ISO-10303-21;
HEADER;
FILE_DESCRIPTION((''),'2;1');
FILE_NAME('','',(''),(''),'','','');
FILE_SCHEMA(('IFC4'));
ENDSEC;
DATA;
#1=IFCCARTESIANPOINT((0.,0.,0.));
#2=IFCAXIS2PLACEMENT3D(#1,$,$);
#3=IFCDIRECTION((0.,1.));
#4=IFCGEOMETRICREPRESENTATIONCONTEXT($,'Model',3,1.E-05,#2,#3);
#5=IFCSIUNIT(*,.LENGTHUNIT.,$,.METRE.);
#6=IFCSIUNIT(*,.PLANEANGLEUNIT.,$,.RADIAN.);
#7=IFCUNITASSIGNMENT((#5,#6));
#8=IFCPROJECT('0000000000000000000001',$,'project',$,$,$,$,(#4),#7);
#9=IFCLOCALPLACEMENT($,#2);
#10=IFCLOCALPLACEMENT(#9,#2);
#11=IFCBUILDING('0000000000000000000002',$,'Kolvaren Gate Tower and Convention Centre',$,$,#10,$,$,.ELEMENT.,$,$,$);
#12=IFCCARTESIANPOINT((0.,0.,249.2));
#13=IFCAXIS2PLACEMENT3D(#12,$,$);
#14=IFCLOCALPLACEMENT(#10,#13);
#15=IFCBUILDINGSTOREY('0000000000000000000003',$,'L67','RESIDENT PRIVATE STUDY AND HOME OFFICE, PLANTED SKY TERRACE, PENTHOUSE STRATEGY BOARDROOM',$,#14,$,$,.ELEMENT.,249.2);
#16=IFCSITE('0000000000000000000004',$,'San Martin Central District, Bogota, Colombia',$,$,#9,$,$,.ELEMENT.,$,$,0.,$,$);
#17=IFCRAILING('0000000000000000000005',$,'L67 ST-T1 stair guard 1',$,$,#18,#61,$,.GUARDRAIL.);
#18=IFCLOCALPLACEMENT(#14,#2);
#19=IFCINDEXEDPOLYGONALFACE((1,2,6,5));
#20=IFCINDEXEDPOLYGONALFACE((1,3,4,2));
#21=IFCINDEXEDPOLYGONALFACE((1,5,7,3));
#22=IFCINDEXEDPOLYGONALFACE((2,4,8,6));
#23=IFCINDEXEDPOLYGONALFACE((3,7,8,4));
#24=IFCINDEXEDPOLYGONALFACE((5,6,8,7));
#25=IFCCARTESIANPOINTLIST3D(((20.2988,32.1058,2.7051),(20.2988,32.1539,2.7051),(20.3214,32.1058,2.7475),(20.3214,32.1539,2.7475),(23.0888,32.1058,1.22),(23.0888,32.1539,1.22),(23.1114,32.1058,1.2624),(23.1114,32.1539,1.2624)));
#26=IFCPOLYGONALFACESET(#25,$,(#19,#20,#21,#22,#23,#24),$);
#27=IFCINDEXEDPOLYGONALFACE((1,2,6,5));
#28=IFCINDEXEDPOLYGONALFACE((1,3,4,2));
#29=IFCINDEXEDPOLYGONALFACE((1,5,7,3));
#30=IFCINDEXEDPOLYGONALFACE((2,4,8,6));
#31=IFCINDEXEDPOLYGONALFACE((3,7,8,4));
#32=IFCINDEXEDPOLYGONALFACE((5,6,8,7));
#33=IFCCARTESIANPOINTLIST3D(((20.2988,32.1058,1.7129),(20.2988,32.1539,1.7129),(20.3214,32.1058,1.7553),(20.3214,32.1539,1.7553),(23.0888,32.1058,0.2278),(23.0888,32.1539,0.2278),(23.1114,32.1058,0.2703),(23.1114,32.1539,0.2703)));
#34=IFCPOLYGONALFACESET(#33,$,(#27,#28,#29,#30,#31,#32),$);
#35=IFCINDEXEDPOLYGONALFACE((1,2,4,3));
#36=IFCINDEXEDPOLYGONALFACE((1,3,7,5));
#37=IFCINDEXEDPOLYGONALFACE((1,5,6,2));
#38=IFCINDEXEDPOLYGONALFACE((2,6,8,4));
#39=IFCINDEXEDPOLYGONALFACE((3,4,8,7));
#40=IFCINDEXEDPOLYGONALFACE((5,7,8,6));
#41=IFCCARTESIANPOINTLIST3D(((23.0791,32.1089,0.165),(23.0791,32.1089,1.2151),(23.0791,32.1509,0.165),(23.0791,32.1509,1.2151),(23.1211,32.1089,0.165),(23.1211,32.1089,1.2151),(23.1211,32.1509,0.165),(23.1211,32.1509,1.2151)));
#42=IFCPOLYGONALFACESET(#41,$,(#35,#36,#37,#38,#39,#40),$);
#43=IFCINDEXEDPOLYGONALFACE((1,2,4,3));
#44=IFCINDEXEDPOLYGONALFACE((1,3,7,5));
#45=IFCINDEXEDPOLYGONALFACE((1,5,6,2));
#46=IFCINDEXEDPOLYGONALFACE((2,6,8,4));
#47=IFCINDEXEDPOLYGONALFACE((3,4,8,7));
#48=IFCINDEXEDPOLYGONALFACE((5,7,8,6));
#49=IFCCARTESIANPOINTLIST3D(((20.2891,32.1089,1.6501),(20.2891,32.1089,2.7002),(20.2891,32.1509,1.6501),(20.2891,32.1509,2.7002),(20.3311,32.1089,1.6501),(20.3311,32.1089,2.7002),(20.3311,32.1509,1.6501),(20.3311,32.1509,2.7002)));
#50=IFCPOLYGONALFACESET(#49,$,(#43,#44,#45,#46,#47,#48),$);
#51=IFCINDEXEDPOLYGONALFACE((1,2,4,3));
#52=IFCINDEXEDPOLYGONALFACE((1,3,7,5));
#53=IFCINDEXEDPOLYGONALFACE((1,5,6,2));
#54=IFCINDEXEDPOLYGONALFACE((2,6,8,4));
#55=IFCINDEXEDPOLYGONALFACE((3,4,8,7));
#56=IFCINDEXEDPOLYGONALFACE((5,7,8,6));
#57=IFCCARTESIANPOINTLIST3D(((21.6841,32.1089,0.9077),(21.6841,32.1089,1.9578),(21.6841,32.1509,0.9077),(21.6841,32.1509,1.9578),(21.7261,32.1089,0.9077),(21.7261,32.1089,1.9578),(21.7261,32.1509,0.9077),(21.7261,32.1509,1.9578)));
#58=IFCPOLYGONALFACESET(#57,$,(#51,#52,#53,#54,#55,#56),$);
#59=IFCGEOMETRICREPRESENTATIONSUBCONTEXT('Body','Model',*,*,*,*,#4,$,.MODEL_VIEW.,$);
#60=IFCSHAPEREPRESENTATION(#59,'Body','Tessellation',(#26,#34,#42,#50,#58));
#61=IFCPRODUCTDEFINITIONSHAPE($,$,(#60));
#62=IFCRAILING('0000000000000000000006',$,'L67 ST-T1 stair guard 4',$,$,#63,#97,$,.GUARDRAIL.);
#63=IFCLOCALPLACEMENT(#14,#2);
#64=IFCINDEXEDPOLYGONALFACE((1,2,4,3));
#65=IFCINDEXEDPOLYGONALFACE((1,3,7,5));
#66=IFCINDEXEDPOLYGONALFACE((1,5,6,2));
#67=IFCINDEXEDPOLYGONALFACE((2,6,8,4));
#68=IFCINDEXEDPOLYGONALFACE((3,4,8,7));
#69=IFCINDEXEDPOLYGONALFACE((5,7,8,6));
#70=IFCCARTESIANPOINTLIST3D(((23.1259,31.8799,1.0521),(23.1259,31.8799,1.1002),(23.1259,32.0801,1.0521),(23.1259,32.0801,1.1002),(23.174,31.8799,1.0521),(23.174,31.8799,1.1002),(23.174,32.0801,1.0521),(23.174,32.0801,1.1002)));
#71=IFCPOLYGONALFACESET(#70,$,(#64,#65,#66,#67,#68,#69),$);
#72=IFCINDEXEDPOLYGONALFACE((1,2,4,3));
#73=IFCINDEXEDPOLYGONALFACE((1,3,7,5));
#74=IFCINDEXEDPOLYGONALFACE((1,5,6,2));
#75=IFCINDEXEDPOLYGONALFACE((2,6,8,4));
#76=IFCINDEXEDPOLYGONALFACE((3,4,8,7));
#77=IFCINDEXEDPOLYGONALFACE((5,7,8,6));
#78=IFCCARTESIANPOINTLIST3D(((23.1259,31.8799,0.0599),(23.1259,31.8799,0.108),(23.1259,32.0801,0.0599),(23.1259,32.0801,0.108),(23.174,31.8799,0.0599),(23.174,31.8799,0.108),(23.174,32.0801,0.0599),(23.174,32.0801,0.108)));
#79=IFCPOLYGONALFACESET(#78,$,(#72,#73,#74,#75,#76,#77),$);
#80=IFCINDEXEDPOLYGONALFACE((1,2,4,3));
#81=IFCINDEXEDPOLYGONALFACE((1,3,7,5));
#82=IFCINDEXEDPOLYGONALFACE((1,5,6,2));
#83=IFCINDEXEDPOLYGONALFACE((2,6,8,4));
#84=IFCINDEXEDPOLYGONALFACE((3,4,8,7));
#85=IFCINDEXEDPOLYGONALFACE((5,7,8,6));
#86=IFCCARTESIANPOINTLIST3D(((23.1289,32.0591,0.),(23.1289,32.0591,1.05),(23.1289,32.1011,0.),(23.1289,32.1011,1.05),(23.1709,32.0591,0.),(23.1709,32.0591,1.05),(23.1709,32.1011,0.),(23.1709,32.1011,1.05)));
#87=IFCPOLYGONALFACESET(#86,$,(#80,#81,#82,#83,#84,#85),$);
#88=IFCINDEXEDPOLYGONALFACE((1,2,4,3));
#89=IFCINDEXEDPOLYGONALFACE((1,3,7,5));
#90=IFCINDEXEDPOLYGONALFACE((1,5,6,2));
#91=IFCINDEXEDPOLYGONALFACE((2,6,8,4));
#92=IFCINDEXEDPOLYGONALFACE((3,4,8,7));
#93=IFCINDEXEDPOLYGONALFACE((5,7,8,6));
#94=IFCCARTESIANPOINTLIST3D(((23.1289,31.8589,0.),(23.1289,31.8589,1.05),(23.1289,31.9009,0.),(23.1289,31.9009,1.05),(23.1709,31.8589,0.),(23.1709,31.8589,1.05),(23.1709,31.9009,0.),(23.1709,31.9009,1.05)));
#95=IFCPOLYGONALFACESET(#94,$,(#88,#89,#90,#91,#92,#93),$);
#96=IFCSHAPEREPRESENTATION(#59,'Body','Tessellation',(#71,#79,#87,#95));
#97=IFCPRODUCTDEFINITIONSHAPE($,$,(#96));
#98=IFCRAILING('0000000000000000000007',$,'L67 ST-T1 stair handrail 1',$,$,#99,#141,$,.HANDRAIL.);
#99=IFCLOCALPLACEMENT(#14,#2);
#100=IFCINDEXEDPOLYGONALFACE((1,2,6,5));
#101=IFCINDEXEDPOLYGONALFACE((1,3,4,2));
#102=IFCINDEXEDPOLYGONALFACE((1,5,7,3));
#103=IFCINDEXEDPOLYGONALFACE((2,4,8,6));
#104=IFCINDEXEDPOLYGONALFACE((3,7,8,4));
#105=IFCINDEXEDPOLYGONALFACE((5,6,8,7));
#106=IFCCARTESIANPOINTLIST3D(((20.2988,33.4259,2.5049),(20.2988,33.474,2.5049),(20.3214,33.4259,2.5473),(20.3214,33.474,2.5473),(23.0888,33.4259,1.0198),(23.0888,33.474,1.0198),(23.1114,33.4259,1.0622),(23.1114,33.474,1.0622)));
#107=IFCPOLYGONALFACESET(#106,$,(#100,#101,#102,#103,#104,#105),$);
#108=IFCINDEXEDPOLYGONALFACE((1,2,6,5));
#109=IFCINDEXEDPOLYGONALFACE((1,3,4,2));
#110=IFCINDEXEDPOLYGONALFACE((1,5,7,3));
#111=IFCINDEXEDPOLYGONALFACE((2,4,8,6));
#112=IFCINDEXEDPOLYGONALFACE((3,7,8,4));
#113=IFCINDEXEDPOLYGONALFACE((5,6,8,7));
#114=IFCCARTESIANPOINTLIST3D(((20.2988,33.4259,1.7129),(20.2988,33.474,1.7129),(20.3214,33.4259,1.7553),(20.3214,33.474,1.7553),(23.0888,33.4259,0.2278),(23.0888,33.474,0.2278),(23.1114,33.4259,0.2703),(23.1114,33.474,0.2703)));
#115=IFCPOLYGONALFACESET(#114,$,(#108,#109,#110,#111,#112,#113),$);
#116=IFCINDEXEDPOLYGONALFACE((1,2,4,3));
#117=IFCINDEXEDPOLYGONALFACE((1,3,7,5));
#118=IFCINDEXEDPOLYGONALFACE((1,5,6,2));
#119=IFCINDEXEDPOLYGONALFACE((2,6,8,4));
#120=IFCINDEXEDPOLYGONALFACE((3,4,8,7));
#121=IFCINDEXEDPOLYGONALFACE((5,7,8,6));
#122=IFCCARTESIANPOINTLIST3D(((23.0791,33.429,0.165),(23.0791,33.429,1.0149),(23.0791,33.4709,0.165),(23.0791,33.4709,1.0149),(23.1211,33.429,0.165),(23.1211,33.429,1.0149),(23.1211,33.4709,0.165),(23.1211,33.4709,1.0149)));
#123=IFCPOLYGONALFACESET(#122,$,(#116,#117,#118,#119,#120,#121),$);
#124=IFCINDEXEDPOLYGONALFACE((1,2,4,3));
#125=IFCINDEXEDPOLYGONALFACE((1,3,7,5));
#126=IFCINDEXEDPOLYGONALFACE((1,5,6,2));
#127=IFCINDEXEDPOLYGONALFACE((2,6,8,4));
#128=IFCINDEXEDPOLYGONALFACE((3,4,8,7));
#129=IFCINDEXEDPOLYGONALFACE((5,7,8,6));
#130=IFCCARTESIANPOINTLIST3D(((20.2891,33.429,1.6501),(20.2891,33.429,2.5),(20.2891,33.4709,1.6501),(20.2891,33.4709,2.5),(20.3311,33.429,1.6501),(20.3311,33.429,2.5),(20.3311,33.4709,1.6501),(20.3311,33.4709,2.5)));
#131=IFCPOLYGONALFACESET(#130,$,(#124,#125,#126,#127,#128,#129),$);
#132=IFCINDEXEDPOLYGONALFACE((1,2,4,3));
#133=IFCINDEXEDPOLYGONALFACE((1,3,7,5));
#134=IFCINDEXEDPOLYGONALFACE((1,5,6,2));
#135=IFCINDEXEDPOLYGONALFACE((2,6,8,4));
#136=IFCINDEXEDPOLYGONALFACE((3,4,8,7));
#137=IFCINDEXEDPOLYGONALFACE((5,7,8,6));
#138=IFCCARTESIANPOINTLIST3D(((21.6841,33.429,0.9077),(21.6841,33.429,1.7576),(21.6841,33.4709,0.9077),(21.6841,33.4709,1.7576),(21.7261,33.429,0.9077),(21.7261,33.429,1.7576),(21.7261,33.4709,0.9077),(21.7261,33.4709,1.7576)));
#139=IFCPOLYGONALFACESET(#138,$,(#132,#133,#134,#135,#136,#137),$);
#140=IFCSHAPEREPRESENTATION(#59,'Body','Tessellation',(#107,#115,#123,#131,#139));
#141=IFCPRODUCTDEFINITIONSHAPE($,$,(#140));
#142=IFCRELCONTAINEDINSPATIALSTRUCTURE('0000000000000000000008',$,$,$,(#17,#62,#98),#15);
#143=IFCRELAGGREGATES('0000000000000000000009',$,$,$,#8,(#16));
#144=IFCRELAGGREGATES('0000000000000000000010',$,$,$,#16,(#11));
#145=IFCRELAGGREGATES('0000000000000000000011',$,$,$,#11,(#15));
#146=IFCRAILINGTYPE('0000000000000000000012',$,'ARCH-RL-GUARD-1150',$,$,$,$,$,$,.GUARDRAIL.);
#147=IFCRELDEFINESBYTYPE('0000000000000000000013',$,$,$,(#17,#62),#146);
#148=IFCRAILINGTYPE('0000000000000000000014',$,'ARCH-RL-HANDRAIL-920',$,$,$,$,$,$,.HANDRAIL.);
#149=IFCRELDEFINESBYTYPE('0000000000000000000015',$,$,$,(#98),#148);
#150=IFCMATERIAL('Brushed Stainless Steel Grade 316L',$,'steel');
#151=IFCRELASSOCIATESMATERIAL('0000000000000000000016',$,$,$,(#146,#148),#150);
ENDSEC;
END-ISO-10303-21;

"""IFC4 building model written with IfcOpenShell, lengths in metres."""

from ifc_helpers import new_model, si_unit, direction, frame, origin, origin_2d, place, context, subcontext, project, spatial, rectangle, extrude, material, type_object, element, save


model = new_model("IFC4")

# Units and contexts
model_context = context("Model", 3, precision=1e-05, world=origin(), true_north=direction((0.0, 1.0)))
body_context = subcontext(model_context, "Body", "Model", "MODEL_VIEW")
ifc_project = project(units=[si_unit("LENGTHUNIT", "METRE"), si_unit("PLANEANGLEUNIT", "RADIAN")], contexts=[model_context])

# Site, building, storey
site_placement = place(None, origin())
site = spatial("IfcSite", under=ifc_project, at=site_placement, Name="San Martin Central District, Bogota, Colombia", CompositionType="ELEMENT", RefElevation=0.0)
building_placement = place(site_placement, origin())
building = spatial("IfcBuilding", under=site, at=building_placement, Name="Kolvaren Gate Tower and Convention Centre", CompositionType="ELEMENT")
storey_placement = place(building_placement, frame((0.0, 0.0, 249.2)))
storey = spatial("IfcBuildingStorey", under=building, at=storey_placement, Name="L67", Description="RESIDENT PRIVATE STUDY AND HOME OFFICE, PLANTED SKY TERRACE, PENTHOUSE STRATEGY BOARDROOM", CompositionType="ELEMENT", Elevation=249.2)

# Railings
ifc_material_1 = material(Name="Brushed Stainless Steel Grade 316L", Category="steel")
railing_type_1 = type_object("IfcRailingType", Name="ARCH-RL-GUARD-1150", PredefinedType="GUARDRAIL", material=ifc_material_1)
railing_1_placement = place(storey_placement, frame((23.1001, 32.1299, 0.165)))
element("IfcRailing", 1, at=railing_1_placement, inside=storey, type_object=railing_type_1, Name="L67 ST-T1 stair guard 1", PredefinedType="GUARDRAIL", context=body_context, shape_type="SweptSolid", body=[
    extrude(rectangle(XDim=0.0481, YDim=0.0481, at=origin_2d()), frame((0.0, 0.0, 1.0762), z_axis=(-0.882735, 0.0, 0.46987), x_axis=(0.0, -1.0, 0.0)), (0.0, 0.0, 1.0), 3.1606),
    extrude(rectangle(XDim=0.0481, YDim=0.0481, at=origin_2d()), frame((0.0, 0.0, 0.084), z_axis=(-0.882735, 0.0, 0.46987), x_axis=(0.0, -1.0, 0.0)), (0.0, 0.0, 1.0), 3.1606),
    extrude(rectangle(XDim=0.042, YDim=0.042, at=origin_2d()), origin(), (0.0, 0.0, 1.0), 1.05),
    extrude(rectangle(XDim=0.042, YDim=0.042, at=origin_2d()), frame((-2.79, 0.0, 1.4851)), (0.0, 0.0, 1.0), 1.05),
    extrude(rectangle(XDim=0.042, YDim=0.042, at=origin_2d()), frame((-1.395, 0.0, 0.7427)), (0.0, 0.0, 1.0), 1.05),
])
railing_2_placement = place(storey_placement, frame((23.1499, 32.0801, 0.0)))
element("IfcRailing", 2, at=railing_2_placement, inside=storey, type_object=railing_type_1, Name="L67 ST-T1 stair guard 4", PredefinedType="GUARDRAIL", context=body_context, shape_type="SweptSolid", body=[
    extrude(rectangle(XDim=0.0481, YDim=0.0481, at=origin_2d()), frame((0.0, 0.0, 1.0762), z_axis=(0.0, -1.0, 0.0), x_axis=(1.0, 0.0, 0.0)), (0.0, 0.0, 1.0), 0.2002),
    extrude(rectangle(XDim=0.0481, YDim=0.0481, at=origin_2d()), frame((0.0, 0.0, 0.084), z_axis=(0.0, -1.0, 0.0), x_axis=(1.0, 0.0, 0.0)), (0.0, 0.0, 1.0), 0.2002),
    extrude(rectangle(XDim=0.042, YDim=0.042, at=origin_2d()), origin(), (0.0, 0.0, 1.0), 1.05),
    extrude(rectangle(XDim=0.042, YDim=0.042, at=origin_2d()), frame((0.0, -0.2002, 0.0)), (0.0, 0.0, 1.0), 1.05),
])
railing_type_2 = type_object("IfcRailingType", Name="ARCH-RL-HANDRAIL-920", PredefinedType="HANDRAIL", material=ifc_material_1)
railing_3_placement = place(storey_placement, frame((23.1001, 33.45, 0.165)))
element("IfcRailing", 3, at=railing_3_placement, inside=storey, type_object=railing_type_2, Name="L67 ST-T1 stair handrail 1", PredefinedType="HANDRAIL", context=body_context, shape_type="SweptSolid", body=[
    extrude(rectangle(XDim=0.0481, YDim=0.0481, at=origin_2d()), frame((0.0, 0.0, 0.876), z_axis=(-0.882735, 0.0, 0.46987), x_axis=(0.0, -1.0, 0.0)), (0.0, 0.0, 1.0), 3.1606),
    extrude(rectangle(XDim=0.0481, YDim=0.0481, at=origin_2d()), frame((0.0, 0.0, 0.084), z_axis=(-0.882735, 0.0, 0.46987), x_axis=(0.0, -1.0, 0.0)), (0.0, 0.0, 1.0), 3.1606),
    extrude(rectangle(XDim=0.042, YDim=0.042, at=origin_2d()), origin(), (0.0, 0.0, 1.0), 0.8499),
    extrude(rectangle(XDim=0.042, YDim=0.042, at=origin_2d()), frame((-2.79, 0.0, 1.4851)), (0.0, 0.0, 1.0), 0.8499),
    extrude(rectangle(XDim=0.042, YDim=0.042, at=origin_2d()), frame((-1.395, 0.0, 0.7427)), (0.0, 0.0, 1.0), 0.8499),
])

save(model, "model.ifc")
